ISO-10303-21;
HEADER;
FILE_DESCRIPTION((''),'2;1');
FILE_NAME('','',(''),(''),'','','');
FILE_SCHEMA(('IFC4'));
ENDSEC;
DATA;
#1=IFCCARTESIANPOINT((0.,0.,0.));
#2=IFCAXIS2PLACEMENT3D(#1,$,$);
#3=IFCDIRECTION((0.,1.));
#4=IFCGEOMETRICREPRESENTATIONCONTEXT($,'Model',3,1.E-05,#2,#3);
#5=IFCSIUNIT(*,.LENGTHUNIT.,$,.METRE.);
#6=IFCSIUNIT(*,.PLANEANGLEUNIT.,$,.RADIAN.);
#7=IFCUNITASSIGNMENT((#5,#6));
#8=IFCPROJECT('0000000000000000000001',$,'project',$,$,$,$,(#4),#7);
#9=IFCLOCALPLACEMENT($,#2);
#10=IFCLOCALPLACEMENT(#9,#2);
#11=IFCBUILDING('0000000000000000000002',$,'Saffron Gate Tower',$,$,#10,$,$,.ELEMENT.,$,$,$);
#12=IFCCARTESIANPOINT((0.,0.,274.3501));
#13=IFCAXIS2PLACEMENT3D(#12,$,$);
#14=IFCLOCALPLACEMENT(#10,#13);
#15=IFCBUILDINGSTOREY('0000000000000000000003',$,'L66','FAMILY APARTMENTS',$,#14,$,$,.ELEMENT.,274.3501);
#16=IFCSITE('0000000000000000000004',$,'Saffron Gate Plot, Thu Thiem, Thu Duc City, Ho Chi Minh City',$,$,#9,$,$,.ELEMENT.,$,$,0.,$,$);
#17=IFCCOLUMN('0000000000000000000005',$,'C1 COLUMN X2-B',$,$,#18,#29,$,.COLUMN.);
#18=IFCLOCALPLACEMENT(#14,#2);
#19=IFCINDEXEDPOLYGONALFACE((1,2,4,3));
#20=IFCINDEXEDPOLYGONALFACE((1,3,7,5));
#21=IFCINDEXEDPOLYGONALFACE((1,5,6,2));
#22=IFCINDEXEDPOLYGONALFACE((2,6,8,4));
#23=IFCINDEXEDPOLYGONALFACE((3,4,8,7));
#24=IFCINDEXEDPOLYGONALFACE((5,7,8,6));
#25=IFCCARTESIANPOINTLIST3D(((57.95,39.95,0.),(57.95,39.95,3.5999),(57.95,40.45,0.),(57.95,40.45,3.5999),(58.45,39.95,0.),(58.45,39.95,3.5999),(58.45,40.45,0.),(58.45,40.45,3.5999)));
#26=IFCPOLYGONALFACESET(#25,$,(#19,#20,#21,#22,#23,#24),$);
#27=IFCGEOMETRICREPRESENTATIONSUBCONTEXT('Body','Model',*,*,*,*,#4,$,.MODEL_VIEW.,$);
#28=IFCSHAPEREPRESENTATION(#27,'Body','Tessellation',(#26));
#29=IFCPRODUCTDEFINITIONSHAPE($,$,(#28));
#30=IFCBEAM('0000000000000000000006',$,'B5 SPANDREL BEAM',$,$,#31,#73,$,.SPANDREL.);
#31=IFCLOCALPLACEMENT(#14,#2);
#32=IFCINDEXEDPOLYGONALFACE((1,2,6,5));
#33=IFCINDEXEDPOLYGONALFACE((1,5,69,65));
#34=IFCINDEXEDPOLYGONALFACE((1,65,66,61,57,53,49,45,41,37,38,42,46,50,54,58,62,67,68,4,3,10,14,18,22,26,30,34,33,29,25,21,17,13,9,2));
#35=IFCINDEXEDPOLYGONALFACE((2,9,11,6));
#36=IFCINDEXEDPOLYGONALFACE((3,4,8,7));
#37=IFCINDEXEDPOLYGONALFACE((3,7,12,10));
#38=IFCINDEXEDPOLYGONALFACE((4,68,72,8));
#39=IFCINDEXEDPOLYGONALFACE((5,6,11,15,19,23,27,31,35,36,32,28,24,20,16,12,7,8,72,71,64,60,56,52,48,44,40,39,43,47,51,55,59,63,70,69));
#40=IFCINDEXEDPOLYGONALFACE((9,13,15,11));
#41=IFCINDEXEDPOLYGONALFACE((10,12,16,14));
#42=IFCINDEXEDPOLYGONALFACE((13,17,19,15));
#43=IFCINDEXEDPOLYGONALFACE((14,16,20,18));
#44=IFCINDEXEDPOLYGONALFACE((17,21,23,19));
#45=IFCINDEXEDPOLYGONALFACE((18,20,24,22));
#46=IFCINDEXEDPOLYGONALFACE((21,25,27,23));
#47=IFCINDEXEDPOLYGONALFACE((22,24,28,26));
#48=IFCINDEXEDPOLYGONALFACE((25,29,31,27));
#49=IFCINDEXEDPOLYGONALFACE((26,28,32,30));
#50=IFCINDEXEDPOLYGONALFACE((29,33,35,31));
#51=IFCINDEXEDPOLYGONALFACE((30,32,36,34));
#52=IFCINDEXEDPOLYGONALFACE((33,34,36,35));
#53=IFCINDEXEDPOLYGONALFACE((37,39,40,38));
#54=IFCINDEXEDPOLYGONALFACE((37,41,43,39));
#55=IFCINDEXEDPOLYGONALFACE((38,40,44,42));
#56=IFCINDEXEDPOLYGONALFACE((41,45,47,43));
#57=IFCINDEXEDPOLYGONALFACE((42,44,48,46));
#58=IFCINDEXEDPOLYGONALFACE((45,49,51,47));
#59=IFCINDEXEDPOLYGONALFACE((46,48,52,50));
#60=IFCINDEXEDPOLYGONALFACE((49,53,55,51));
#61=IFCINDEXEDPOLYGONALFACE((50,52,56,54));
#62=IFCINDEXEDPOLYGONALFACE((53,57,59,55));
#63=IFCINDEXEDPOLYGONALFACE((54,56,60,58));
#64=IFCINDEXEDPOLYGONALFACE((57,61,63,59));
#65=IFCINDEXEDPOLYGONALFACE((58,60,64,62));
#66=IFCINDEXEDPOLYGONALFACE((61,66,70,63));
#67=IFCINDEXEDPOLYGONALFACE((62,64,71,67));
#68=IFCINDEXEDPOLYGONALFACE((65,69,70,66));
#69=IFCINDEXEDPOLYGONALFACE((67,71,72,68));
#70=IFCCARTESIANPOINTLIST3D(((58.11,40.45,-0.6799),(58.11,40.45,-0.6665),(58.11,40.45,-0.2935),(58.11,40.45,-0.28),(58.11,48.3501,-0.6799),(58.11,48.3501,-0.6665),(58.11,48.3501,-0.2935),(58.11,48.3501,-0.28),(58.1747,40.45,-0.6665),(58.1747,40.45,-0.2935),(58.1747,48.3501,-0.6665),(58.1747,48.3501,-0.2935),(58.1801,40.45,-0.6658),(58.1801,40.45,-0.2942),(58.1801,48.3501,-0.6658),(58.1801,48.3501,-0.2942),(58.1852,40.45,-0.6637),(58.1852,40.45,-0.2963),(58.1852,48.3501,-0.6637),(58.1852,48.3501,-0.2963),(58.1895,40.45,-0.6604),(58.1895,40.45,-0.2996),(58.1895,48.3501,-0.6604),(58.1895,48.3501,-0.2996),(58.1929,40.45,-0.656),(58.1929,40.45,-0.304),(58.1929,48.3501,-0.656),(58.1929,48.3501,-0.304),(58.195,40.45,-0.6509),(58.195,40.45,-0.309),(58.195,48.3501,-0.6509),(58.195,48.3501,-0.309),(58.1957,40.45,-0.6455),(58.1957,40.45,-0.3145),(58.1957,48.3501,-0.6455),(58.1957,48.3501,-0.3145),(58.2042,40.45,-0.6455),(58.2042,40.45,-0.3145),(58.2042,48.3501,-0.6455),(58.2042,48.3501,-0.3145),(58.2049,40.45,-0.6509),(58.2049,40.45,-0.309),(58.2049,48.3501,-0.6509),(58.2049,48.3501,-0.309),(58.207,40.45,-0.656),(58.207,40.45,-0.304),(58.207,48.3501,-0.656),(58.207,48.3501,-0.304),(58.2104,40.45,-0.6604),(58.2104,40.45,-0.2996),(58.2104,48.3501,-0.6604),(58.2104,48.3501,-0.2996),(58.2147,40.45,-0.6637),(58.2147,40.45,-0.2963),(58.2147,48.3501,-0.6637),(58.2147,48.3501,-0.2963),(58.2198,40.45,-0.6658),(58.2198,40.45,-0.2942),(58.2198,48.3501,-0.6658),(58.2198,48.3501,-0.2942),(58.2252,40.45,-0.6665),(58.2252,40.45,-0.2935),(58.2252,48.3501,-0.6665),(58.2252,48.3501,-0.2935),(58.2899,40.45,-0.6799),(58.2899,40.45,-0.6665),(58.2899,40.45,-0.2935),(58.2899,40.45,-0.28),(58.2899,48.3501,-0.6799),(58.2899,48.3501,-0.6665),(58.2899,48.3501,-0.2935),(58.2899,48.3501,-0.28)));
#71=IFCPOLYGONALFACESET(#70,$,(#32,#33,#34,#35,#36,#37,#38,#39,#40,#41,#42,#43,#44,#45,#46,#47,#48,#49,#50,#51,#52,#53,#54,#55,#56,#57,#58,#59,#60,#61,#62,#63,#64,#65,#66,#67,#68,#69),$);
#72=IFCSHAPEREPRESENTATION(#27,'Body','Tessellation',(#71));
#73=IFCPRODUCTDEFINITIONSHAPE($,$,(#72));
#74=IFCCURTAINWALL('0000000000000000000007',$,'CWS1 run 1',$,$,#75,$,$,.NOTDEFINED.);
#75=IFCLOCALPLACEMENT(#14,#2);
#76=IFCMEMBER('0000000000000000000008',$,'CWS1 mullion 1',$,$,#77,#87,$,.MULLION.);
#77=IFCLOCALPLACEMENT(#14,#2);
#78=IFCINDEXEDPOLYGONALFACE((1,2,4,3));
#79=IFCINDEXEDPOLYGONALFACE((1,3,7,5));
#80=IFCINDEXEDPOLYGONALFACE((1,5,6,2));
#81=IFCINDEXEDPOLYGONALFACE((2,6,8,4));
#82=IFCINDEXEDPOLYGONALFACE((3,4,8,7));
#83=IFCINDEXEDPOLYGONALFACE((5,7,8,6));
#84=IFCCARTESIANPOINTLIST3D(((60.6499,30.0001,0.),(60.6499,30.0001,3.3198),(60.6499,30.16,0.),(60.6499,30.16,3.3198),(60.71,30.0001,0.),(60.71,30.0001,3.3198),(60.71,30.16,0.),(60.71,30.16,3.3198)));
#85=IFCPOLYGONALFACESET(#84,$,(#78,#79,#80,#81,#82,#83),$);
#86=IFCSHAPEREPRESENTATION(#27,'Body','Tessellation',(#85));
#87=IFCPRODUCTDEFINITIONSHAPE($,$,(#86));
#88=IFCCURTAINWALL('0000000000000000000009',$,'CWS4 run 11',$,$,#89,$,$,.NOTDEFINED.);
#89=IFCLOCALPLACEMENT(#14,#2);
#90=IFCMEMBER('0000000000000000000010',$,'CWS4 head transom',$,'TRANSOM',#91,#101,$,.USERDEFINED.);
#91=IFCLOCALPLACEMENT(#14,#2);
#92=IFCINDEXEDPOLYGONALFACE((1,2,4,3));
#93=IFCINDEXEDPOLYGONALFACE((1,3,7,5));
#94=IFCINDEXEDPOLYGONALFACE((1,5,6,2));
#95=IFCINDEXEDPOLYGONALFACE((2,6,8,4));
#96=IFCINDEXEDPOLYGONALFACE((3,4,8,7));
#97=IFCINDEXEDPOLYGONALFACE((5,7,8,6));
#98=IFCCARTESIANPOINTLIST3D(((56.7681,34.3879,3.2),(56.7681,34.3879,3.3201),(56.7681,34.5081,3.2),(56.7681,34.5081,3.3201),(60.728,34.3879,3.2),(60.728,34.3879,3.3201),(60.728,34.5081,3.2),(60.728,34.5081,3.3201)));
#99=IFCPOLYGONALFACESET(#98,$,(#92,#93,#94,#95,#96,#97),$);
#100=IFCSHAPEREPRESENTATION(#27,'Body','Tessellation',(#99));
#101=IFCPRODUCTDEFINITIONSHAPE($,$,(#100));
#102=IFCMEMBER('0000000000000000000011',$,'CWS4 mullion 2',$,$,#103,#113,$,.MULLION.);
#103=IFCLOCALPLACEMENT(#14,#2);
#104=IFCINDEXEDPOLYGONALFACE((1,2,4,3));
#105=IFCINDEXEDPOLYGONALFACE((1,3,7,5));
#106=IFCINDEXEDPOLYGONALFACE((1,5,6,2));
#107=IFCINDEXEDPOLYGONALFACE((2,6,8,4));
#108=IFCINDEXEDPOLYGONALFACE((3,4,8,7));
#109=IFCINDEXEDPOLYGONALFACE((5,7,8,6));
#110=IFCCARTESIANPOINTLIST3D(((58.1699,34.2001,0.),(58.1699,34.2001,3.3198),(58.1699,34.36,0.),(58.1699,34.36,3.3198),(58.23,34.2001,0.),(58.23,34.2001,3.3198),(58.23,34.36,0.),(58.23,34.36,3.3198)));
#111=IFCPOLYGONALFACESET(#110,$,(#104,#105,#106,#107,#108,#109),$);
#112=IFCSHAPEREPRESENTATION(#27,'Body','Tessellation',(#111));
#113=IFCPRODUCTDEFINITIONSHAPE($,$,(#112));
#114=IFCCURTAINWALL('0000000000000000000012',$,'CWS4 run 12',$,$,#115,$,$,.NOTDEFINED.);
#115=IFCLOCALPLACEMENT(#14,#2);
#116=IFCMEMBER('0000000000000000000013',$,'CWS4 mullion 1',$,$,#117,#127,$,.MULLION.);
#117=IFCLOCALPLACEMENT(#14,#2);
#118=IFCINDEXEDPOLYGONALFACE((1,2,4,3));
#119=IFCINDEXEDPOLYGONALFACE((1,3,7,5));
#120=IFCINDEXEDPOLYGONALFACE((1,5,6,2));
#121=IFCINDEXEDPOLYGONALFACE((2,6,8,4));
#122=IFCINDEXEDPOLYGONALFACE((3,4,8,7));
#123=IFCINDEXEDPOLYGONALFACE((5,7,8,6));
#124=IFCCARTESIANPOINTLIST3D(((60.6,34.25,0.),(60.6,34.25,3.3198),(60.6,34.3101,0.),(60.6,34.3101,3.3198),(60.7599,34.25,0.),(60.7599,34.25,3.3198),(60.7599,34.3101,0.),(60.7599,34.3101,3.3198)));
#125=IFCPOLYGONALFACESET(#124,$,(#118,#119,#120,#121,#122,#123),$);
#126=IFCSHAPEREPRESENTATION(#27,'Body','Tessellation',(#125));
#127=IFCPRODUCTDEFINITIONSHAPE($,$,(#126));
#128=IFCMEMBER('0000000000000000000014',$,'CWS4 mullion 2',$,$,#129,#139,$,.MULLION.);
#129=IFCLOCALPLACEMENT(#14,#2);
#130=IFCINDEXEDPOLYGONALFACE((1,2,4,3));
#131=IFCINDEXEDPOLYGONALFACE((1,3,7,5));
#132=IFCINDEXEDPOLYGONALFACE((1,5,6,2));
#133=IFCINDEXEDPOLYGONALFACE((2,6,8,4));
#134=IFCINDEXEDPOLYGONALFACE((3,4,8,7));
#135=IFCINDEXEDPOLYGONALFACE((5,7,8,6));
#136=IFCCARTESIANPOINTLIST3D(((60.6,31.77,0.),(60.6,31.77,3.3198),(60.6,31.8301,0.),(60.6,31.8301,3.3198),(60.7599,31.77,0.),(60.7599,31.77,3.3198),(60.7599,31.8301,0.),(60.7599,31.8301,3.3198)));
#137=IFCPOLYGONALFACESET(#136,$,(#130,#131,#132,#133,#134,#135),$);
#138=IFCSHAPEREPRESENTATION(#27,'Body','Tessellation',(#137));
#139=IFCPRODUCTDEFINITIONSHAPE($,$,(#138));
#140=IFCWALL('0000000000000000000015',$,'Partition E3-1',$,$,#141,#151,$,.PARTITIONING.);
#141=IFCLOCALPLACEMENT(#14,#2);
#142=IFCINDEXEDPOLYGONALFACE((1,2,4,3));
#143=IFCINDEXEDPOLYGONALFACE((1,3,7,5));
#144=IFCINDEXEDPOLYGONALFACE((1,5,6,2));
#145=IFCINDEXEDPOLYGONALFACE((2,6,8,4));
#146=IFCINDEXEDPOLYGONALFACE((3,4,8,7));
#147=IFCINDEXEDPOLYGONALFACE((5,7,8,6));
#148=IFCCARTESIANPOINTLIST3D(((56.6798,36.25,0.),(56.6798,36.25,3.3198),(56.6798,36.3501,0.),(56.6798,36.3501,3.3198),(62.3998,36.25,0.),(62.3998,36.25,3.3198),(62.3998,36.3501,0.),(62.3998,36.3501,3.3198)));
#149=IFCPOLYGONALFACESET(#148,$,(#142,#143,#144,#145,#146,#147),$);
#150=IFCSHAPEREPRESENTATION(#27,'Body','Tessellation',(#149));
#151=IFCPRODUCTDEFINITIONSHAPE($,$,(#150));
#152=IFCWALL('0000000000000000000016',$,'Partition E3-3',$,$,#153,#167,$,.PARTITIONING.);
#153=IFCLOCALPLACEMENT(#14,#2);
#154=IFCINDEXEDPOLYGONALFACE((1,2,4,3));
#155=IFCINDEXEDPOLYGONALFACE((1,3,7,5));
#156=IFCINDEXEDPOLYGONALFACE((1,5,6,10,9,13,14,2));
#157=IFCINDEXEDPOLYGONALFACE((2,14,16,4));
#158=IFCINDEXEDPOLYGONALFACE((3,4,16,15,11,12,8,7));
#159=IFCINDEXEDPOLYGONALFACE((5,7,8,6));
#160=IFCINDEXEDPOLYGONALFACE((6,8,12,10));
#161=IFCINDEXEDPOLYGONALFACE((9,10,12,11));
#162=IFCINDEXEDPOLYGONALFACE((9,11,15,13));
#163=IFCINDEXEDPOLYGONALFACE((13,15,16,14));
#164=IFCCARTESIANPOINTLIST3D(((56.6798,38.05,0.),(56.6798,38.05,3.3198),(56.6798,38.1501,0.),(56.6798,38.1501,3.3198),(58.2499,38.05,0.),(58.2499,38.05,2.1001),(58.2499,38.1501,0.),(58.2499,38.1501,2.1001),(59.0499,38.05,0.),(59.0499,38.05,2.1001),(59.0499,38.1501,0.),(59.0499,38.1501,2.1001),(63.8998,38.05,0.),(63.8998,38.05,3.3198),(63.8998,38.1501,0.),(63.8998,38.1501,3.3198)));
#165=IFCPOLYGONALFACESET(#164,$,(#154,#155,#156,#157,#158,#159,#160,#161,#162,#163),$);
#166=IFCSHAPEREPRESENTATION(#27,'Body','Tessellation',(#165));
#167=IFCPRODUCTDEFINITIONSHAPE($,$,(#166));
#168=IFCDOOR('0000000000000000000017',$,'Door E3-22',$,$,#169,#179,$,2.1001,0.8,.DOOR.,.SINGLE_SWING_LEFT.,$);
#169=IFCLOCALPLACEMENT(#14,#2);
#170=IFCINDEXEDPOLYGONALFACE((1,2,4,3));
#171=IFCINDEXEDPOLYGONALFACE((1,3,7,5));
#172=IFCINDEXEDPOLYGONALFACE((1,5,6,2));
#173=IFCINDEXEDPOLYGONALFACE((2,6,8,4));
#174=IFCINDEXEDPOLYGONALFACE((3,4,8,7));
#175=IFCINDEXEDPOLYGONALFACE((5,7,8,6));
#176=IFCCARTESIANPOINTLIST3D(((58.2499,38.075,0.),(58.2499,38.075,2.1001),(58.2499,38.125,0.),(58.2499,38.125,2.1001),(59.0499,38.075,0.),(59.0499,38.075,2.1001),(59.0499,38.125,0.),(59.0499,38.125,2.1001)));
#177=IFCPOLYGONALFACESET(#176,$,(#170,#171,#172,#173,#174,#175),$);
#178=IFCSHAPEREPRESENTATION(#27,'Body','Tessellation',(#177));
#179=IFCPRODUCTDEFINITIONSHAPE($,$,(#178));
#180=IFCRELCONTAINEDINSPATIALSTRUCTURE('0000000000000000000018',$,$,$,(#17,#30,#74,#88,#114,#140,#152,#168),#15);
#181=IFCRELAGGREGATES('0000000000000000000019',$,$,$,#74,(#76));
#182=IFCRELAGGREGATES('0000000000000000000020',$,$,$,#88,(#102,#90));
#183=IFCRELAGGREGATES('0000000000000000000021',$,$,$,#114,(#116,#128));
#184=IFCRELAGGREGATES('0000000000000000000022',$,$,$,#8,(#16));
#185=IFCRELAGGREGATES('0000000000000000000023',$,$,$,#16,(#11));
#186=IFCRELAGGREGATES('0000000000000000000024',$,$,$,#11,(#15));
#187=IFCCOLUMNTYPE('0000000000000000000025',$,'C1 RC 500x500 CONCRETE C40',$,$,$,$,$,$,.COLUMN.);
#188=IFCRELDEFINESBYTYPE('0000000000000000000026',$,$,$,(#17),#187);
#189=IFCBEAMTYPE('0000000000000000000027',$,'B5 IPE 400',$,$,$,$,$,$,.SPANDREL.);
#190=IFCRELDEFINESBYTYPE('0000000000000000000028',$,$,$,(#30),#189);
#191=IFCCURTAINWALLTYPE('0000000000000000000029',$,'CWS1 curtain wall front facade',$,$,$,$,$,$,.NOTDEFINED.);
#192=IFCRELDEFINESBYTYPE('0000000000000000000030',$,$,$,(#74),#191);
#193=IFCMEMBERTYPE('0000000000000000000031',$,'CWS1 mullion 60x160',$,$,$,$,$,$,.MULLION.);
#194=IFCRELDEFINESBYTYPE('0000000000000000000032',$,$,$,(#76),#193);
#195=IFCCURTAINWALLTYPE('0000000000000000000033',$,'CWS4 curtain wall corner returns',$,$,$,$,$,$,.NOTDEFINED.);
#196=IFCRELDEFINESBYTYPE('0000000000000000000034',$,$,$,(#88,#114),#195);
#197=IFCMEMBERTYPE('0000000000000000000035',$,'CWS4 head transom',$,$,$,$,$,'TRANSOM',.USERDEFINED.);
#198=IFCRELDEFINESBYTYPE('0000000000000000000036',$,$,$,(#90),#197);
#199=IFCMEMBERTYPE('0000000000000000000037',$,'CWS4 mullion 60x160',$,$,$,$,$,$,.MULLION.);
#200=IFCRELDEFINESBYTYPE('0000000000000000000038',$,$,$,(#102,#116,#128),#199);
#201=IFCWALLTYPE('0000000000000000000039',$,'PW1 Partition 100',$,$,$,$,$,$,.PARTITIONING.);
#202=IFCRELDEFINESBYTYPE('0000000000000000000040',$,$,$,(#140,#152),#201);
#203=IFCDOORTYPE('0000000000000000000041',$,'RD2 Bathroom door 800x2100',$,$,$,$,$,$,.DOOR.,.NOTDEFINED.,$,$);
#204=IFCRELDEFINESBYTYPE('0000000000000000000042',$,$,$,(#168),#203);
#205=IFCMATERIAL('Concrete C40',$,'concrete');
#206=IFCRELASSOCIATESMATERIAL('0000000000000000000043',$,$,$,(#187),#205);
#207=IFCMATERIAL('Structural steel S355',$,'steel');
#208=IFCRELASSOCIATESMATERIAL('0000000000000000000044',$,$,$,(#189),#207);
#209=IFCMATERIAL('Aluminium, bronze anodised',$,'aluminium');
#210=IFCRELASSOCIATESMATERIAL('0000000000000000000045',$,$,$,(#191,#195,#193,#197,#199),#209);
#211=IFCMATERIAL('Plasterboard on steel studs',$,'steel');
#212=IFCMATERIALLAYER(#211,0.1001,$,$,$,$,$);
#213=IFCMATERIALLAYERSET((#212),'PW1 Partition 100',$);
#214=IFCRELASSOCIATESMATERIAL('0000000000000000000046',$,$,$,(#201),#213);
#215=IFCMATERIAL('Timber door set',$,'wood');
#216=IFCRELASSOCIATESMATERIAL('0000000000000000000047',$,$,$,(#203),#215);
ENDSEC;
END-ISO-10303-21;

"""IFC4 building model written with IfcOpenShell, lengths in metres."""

from ifc_helpers import new_model, si_unit, direction, frame, frame_2d, origin, origin_2d, place, context, subcontext, project, spatial, rectangle, i_section, extrude, material, layer, layer_set, material_profile, profile_set, type_object, element, fill, aggregate, save


model = new_model("IFC4")

# Units and contexts
model_context = context("Model", 3, precision=1e-05, world=origin(), true_north=direction((0.0, 1.0)))
body_context = subcontext(model_context, "Body", "Model", "MODEL_VIEW")
ifc_project = project(units=[si_unit("LENGTHUNIT", "METRE"), si_unit("PLANEANGLEUNIT", "RADIAN")], contexts=[model_context])

# Site, building, storey
site_placement = place(None, origin())
site = spatial("IfcSite", under=ifc_project, at=site_placement, Name="Saffron Gate Plot, Thu Thiem, Thu Duc City, Ho Chi Minh City", CompositionType="ELEMENT", RefElevation=0.0)
building_placement = place(site_placement, origin())
building = spatial("IfcBuilding", under=site, at=building_placement, Name="Saffron Gate Tower", CompositionType="ELEMENT")
storey_placement = place(building_placement, frame((0.0, 0.0, 274.3501)))
storey = spatial("IfcBuildingStorey", under=building, at=storey_placement, Name="L66", Description="FAMILY APARTMENTS", CompositionType="ELEMENT", Elevation=274.3501)

# Column
ifc_material_1 = material(Name="Concrete C40", Category="concrete")
ifc_material_profile_1 = material_profile(ifc_material_1, rectangle(XDim=0.5, YDim=0.5, at=origin_2d()))
ifc_profile_set_1 = profile_set([ifc_material_profile_1], Name="Concrete C40")
column_type = type_object("IfcColumnType", Name="C1 RC 500x500 CONCRETE C40", PredefinedType="COLUMN", material=ifc_profile_set_1)
column_placement = place(storey_placement, frame((58.2, 40.2, 0.0), z_axis=(0.0, 0.0, 1.0), x_axis=(1.0, 0.0, 0.0)))
element("IfcColumn", 1, at=column_placement, inside=storey, type_object=column_type, Name="C1 COLUMN X2-B", PredefinedType="COLUMN", context=body_context, shape_type="SweptSolid", body=[
    extrude(rectangle(XDim=0.5, YDim=0.5, at=origin_2d()), origin(), (0.0, 0.0, 1.0), 3.5999),
])

# Beam
ifc_material_2 = material(Name="Structural steel S355", Category="steel")
ifc_material_profile_2 = material_profile(ifc_material_2, i_section(OverallWidth=0.1799, OverallDepth=0.3999, WebThickness=0.0085, FlangeThickness=0.0134, FilletRadius=0.021, at=origin_2d()))
ifc_profile_set_2 = profile_set([ifc_material_profile_2], Name="Structural steel S355")
beam_type = type_object("IfcBeamType", Name="B5 IPE 400", PredefinedType="SPANDREL", material=ifc_profile_set_2)
beam_placement = place(storey_placement, frame((58.2, 40.45, -0.48), z_axis=(0.0, 1.0, 0.0), x_axis=(-1.0, 0.0, 0.0)))
element("IfcBeam", 2, at=beam_placement, inside=storey, type_object=beam_type, Name="B5 SPANDREL BEAM", PredefinedType="SPANDREL", context=body_context, shape_type="SweptSolid", body=[
    extrude(i_section(OverallWidth=0.1799, OverallDepth=0.3999, WebThickness=0.0085, FlangeThickness=0.0134, FilletRadius=0.021, at=origin_2d()), origin(), (0.0, 0.0, 1.0), 7.9001),
])

# Curtain wall, member
ifc_material_3 = material(Name="Aluminium, bronze anodised", Category="aluminium")
curtain_wall_type_1 = type_object("IfcCurtainWallType", Name="CWS1 curtain wall front facade", PredefinedType="NOTDEFINED", material=ifc_material_3)
curtain_wall_1_placement = place(storey_placement, origin())
curtain_wall_1 = element("IfcCurtainWall", 3, at=curtain_wall_1_placement, inside=storey, type_object=curtain_wall_type_1, Name="CWS1 run 1", PredefinedType="NOTDEFINED")
ifc_material_profile_3 = material_profile(ifc_material_3, rectangle(XDim=0.1599, YDim=0.0601, at=origin_2d()))
ifc_profile_set_3 = profile_set([ifc_material_profile_3], Name="Aluminium, bronze anodised")
member_type_1 = type_object("IfcMemberType", Name="CWS1 mullion 60x160", PredefinedType="MULLION", material=ifc_profile_set_3)
member_1_placement = place(storey_placement, frame((60.6799, 30.0801, 0.0), z_axis=(0.0, 0.0, 1.0), x_axis=(0.0, 1.0, 0.0)))
member_1 = element("IfcMember", 4, at=member_1_placement, type_object=member_type_1, Name="CWS1 mullion 1", PredefinedType="MULLION", context=body_context, shape_type="SweptSolid", body=[
    extrude(rectangle(XDim=0.1599, YDim=0.0601, at=origin_2d()), origin(), (0.0, 0.0, 1.0), 3.3198),
])
aggregate(curtain_wall_1, [member_1])

# Curtain walls, members
curtain_wall_type_2 = type_object("IfcCurtainWallType", Name="CWS4 curtain wall corner returns", PredefinedType="NOTDEFINED", material=ifc_material_3)
curtain_wall_2_placement = place(storey_placement, origin())
curtain_wall_2 = element("IfcCurtainWall", 5, at=curtain_wall_2_placement, inside=storey, type_object=curtain_wall_type_2, Name="CWS4 run 11", PredefinedType="NOTDEFINED")
ifc_material_profile_4 = material_profile(ifc_material_3, rectangle(XDim=0.1201, YDim=0.1201, at=origin_2d()))
ifc_profile_set_4 = profile_set([ifc_material_profile_4], Name="Aluminium, bronze anodised")
member_type_2 = type_object("IfcMemberType", Name="CWS4 head transom", ElementType="TRANSOM", PredefinedType="USERDEFINED", material=ifc_profile_set_4)
member_2_placement = place(storey_placement, frame((56.7681, 34.448, 3.26), z_axis=(1.0, 0.0, 0.0), x_axis=(0.0, 1.0, 0.0)))
member_2 = element("IfcMember", 6, at=member_2_placement, type_object=member_type_2, Name="CWS4 head transom", ObjectType="TRANSOM", PredefinedType="USERDEFINED", context=body_context, shape_type="SweptSolid", body=[
    extrude(rectangle(XDim=0.1201, YDim=0.1201, at=origin_2d()), origin(), (0.0, 0.0, 1.0), 3.96),
])
ifc_material_profile_5 = material_profile(ifc_material_3, rectangle(XDim=0.1599, YDim=0.0601, at=origin_2d()))
ifc_profile_set_5 = profile_set([ifc_material_profile_5], Name="Aluminium, bronze anodised")
member_type_3 = type_object("IfcMemberType", Name="CWS4 mullion 60x160", PredefinedType="MULLION", material=ifc_profile_set_5)
member_3_placement = place(storey_placement, frame((58.2, 34.28, 0.0), z_axis=(0.0, 0.0, 1.0), x_axis=(0.0, 1.0, 0.0)))
member_3 = element("IfcMember", 7, at=member_3_placement, type_object=member_type_3, Name="CWS4 mullion 2", PredefinedType="MULLION", context=body_context, shape_type="SweptSolid", body=[
    extrude(rectangle(XDim=0.1599, YDim=0.0601, at=origin_2d()), origin(), (0.0, 0.0, 1.0), 3.3198),
])
aggregate(curtain_wall_2, [member_3, member_2])
curtain_wall_3_placement = place(storey_placement, origin())
curtain_wall_3 = element("IfcCurtainWall", 8, at=curtain_wall_3_placement, inside=storey, type_object=curtain_wall_type_2, Name="CWS4 run 12", PredefinedType="NOTDEFINED")
member_4_placement = place(storey_placement, frame((60.6799, 34.28, 0.0), z_axis=(0.0, 0.0, 1.0), x_axis=(1.0, 0.0, 0.0)))
member_4 = element("IfcMember", 9, at=member_4_placement, type_object=member_type_3, Name="CWS4 mullion 1", PredefinedType="MULLION", context=body_context, shape_type="SweptSolid", body=[
    extrude(rectangle(XDim=0.1599, YDim=0.0601, at=origin_2d()), origin(), (0.0, 0.0, 1.0), 3.3198),
])
member_5_placement = place(storey_placement, frame((60.6799, 31.8, 0.0), z_axis=(0.0, 0.0, 1.0), x_axis=(1.0, 0.0, 0.0)))
member_5 = element("IfcMember", 10, at=member_5_placement, type_object=member_type_3, Name="CWS4 mullion 2", PredefinedType="MULLION", context=body_context, shape_type="SweptSolid", body=[
    extrude(rectangle(XDim=0.1599, YDim=0.0601, at=origin_2d()), origin(), (0.0, 0.0, 1.0), 3.3198),
])
aggregate(curtain_wall_3, [member_4, member_5])

# Wall
ifc_material_4 = material(Name="Plasterboard on steel studs", Category="steel")
ifc_layer_1 = layer(ifc_material_4, 0.1001)
ifc_layer_set_1 = layer_set([ifc_layer_1], Name="PW1 Partition 100")
wall_type_1 = type_object("IfcWallType", Name="PW1 Partition 100", PredefinedType="PARTITIONING", material=ifc_layer_set_1)
wall_1_placement = place(storey_placement, frame((56.6799, 36.3, 0.0), z_axis=(0.0, 0.0, 1.0), x_axis=(1.0, 0.0, 0.0)))
element("IfcWall", 11, at=wall_1_placement, inside=storey, type_object=wall_type_1, Name="Partition E3-1", PredefinedType="PARTITIONING", context=body_context, shape_type="SweptSolid", body=[
    extrude(rectangle(XDim=5.72, YDim=0.1001, at=frame_2d((2.8599, 0.0))), origin(), (0.0, 0.0, 1.0), 3.3198),
])

# Wall, opening, door
wall_2_placement = place(storey_placement, frame((56.6799, 38.1001, 0.0), z_axis=(0.0, 0.0, 1.0), x_axis=(1.0, 0.0, 0.0)))
wall_2 = element("IfcWall", 12, at=wall_2_placement, inside=storey, type_object=wall_type_1, Name="Partition E3-3", PredefinedType="PARTITIONING", context=body_context, shape_type="SweptSolid", body=[
    extrude(rectangle(XDim=7.22, YDim=0.1001, at=frame_2d((3.6099, 0.0))), origin(), (0.0, 0.0, 1.0), 3.3198),
])
opening_1_placement = place(wall_2_placement, frame((1.5701, 0.0, 0.0)))
opening_1 = element("IfcOpeningElement", 13, at=opening_1_placement, cuts=wall_2, PredefinedType="OPENING", context=body_context, shape_type="SweptSolid", body=[
    extrude(rectangle(XDim=0.8, YDim=2.1001, at=frame_2d((0.3999, 1.05))), frame((0.0, 0.0601, 0.0), z_axis=(0.0, -1.0, 0.0), x_axis=(1.0, 0.0, 0.0)), (0.0, 0.0, 1.0), 0.1201),
])
ifc_material_5 = material(Name="Timber door set", Category="wood")
door_type_1 = type_object("IfcDoorType", Name="RD2 Bathroom door 800x2100", OperationType="NOTDEFINED", PredefinedType="DOOR", material=ifc_material_5)
door_1_placement = place(opening_1_placement, origin())
door_1 = element("IfcDoor", 14, at=door_1_placement, inside=storey, type_object=door_type_1, Name="Door E3-22", OperationType="SINGLE_SWING_LEFT", OverallHeight=2.1001, OverallWidth=0.8, PredefinedType="DOOR", context=body_context, shape_type="SweptSolid", body=[
    extrude(rectangle(XDim=0.8, YDim=2.1001, at=frame_2d((0.3999, 1.05))), frame((0.0, 0.0249, 0.0), z_axis=(0.0, -1.0, 0.0), x_axis=(1.0, 0.0, 0.0)), (0.0, 0.0, 1.0), 0.05),
])
fill(opening_1, door_1)

save(model, "model.ifc")
